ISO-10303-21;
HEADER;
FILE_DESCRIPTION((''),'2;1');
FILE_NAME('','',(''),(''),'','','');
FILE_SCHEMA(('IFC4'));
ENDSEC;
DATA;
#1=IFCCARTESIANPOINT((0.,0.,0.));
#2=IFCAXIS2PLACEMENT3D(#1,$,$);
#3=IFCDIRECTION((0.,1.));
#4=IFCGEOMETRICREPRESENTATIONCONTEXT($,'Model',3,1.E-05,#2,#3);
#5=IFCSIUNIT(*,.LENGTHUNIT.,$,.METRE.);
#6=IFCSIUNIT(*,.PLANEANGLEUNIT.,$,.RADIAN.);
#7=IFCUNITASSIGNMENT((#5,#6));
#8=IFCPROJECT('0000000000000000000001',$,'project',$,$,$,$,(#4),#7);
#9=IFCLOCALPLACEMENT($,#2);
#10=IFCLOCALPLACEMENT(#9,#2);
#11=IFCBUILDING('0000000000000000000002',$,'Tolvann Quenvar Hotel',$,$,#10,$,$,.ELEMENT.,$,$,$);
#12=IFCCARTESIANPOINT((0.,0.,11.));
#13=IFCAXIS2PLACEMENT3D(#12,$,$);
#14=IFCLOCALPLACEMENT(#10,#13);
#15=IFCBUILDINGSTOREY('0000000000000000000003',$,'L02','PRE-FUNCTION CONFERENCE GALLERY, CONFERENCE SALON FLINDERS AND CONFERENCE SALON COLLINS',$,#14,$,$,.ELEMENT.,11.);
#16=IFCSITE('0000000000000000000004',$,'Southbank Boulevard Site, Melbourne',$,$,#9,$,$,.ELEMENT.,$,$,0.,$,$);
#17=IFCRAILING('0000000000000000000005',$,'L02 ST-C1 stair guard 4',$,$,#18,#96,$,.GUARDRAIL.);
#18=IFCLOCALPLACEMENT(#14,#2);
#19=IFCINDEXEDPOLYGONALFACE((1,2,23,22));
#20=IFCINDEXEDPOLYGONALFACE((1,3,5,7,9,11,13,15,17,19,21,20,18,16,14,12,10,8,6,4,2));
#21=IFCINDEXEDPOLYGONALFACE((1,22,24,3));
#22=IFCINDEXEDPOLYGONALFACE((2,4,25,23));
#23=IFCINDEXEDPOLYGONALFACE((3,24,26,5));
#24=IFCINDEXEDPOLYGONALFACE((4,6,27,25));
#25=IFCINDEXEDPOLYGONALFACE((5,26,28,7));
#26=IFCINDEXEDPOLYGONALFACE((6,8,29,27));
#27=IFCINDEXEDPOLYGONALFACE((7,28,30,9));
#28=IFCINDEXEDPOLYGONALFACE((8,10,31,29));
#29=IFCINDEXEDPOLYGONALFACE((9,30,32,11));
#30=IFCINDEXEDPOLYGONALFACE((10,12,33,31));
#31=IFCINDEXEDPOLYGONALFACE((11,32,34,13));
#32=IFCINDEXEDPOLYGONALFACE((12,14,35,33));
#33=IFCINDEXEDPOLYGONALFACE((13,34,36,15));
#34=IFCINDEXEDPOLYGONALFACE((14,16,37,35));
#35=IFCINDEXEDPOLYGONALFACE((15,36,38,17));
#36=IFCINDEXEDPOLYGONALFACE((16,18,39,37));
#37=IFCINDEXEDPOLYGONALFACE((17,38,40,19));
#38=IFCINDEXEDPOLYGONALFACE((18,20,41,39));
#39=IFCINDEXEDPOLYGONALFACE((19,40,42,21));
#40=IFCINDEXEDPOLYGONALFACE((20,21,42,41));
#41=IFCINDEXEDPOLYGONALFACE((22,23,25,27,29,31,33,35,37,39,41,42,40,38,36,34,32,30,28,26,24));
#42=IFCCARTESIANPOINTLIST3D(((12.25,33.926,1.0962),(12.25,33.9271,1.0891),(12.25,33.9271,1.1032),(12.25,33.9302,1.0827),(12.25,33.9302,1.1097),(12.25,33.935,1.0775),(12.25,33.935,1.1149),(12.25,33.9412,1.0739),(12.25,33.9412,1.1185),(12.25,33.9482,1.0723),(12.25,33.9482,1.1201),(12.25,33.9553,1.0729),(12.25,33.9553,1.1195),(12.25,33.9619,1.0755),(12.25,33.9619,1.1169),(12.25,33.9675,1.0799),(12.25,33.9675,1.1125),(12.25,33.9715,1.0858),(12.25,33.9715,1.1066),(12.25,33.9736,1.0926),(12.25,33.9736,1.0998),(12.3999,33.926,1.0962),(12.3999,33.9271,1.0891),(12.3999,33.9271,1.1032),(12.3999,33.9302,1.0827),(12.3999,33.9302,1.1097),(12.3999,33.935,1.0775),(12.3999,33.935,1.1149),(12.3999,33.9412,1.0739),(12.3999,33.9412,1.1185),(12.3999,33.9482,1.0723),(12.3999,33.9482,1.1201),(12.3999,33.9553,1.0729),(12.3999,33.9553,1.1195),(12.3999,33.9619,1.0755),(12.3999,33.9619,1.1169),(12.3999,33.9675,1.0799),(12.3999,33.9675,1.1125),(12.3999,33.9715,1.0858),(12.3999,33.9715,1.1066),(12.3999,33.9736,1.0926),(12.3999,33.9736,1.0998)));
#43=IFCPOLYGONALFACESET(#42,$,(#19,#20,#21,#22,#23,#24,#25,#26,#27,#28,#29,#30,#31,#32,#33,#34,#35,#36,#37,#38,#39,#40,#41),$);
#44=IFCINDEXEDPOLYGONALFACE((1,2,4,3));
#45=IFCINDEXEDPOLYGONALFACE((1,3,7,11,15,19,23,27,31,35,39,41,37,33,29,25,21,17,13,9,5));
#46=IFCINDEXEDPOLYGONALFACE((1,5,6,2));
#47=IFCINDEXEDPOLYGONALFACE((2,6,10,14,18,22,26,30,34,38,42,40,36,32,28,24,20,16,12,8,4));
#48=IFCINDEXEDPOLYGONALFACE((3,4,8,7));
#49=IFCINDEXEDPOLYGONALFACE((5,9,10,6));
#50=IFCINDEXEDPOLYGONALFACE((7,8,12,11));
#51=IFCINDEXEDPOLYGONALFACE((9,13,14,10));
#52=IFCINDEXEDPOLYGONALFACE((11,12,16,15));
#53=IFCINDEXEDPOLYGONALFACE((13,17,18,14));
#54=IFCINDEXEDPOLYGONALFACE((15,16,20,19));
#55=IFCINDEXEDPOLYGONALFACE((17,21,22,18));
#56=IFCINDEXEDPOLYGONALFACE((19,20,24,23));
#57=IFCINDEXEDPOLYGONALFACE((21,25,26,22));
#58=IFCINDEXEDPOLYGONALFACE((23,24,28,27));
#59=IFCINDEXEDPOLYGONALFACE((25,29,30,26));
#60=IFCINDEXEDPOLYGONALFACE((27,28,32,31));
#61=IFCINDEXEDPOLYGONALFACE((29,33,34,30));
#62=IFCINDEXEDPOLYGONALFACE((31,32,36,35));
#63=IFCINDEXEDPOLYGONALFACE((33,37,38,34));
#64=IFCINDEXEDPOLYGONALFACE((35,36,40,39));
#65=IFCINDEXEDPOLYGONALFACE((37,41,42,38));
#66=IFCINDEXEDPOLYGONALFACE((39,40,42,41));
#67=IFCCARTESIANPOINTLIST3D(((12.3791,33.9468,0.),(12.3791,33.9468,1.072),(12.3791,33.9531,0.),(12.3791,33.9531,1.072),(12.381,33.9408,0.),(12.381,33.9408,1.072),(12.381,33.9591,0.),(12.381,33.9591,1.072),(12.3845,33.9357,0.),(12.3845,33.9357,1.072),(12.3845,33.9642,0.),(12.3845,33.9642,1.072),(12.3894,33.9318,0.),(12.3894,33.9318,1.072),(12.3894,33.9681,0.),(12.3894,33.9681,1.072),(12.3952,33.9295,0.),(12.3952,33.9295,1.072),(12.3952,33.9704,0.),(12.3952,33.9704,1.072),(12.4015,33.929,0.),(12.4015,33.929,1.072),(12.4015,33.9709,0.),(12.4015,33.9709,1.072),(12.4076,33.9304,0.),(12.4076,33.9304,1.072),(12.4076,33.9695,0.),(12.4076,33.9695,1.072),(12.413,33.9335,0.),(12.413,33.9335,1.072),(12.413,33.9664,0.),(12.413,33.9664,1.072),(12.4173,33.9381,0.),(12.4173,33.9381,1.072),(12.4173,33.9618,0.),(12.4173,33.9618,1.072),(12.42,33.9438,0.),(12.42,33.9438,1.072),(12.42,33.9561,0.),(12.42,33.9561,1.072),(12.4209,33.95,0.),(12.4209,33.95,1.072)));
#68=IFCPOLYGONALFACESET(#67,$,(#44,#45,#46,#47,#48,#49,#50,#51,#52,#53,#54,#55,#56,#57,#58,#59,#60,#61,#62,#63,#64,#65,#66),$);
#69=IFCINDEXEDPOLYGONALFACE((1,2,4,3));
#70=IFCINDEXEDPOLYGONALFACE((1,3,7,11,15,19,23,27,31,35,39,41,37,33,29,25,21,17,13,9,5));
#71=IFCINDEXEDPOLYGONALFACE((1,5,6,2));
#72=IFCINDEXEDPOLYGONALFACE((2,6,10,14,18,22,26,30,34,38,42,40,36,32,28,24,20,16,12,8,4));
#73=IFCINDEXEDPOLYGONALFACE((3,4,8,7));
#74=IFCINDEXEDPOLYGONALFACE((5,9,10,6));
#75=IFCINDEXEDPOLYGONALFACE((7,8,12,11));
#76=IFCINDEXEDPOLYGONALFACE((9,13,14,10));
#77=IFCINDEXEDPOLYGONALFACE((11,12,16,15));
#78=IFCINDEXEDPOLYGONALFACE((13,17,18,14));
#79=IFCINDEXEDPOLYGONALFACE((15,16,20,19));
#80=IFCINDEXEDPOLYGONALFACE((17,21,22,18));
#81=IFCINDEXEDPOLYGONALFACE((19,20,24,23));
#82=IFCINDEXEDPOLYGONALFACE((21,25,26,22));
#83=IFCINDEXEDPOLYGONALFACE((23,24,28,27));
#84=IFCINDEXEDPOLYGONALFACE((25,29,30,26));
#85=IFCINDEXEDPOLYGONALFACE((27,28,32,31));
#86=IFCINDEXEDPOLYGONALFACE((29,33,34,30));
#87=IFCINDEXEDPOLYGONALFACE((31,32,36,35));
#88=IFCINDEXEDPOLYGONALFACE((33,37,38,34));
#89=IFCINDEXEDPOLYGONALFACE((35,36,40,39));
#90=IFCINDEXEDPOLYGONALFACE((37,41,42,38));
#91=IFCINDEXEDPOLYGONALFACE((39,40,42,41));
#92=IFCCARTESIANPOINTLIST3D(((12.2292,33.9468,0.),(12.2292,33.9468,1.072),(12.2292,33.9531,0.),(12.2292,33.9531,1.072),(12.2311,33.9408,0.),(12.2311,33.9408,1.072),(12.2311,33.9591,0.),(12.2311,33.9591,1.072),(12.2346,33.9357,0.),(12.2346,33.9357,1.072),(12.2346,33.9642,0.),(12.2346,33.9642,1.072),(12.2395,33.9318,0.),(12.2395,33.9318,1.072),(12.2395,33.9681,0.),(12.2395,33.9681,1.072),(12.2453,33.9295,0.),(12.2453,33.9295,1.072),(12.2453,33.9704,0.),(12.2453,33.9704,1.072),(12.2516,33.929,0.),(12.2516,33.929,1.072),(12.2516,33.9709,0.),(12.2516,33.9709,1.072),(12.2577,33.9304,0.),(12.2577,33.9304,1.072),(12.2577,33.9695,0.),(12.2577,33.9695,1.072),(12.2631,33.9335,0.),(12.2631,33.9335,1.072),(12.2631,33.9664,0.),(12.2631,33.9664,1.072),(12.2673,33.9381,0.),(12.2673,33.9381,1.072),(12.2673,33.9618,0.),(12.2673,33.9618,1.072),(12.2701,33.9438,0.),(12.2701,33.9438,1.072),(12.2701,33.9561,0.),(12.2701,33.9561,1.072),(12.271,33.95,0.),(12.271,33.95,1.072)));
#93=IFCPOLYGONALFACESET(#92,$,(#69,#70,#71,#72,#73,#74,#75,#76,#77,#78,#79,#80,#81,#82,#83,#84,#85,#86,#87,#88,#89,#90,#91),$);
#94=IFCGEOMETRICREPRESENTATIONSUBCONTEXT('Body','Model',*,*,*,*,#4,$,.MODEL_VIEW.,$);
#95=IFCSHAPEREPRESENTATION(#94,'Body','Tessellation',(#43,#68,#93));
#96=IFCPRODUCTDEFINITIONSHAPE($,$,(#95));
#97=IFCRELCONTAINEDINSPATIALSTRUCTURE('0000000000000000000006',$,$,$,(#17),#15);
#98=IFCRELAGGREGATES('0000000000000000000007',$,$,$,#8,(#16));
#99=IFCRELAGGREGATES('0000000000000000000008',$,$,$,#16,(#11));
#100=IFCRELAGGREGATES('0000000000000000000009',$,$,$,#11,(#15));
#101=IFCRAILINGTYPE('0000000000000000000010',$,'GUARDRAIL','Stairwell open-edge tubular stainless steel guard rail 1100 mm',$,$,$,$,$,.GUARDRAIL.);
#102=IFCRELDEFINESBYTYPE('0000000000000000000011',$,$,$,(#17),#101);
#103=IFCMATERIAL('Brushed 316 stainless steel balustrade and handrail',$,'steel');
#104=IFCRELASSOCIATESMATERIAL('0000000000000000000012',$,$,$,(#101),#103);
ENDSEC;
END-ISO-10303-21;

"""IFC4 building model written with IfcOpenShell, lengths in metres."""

from ifc_helpers import new_model, si_unit, direction, frame, origin, origin_2d, place, context, subcontext, project, spatial, circle, extrude, material, type_object, element, save


model = new_model("IFC4")

# Units and contexts
model_context = context("Model", 3, precision=1e-05, world=origin(), true_north=direction((0.0, 1.0)))
body_context = subcontext(model_context, "Body", "Model", "MODEL_VIEW")
ifc_project = project(units=[si_unit("LENGTHUNIT", "METRE"), si_unit("PLANEANGLEUNIT", "RADIAN")], contexts=[model_context])

# Site, building, storey
site_placement = place(None, origin())
site = spatial("IfcSite", under=ifc_project, at=site_placement, Name="Southbank Boulevard Site, Melbourne", CompositionType="ELEMENT", RefElevation=0.0)
building_placement = place(site_placement, origin())
building = spatial("IfcBuilding", under=site, at=building_placement, Name="Tolvann Quenvar Hotel", CompositionType="ELEMENT")
storey_placement = place(building_placement, frame((0.0, 0.0, 11.0)))
storey = spatial("IfcBuildingStorey", under=building, at=storey_placement, Name="L02", Description="PRE-FUNCTION CONFERENCE GALLERY, CONFERENCE SALON FLINDERS AND CONFERENCE SALON COLLINS", CompositionType="ELEMENT", Elevation=11.0)

# Railing
ifc_material_1 = material(Name="Brushed 316 stainless steel balustrade and handrail", Category="steel")
railing_type_1 = type_object("IfcRailingType", Name="GUARDRAIL", Description="Stairwell open-edge tubular stainless steel guard rail 1100 mm", PredefinedType="GUARDRAIL", material=ifc_material_1)
railing_1_placement = place(storey_placement, frame((12.3999, 33.95, 0.0)))
element("IfcRailing", 1, at=railing_1_placement, inside=storey, type_object=railing_type_1, Name="L02 ST-C1 stair guard 4", PredefinedType="GUARDRAIL", context=body_context, shape_type="SweptSolid", body=[
    extrude(circle(Radius=0.0239, at=origin_2d()), frame((0.0, 0.0, 1.0962), z_axis=(-1.0, 0.0, 0.0), x_axis=(0.0, -1.0, 0.0)), (0.0, 0.0, 1.0), 0.1499),
    extrude(circle(Radius=0.021, at=origin_2d()), origin(), (0.0, 0.0, 1.0), 1.072),
    extrude(circle(Radius=0.021, at=origin_2d()), frame((-0.1499, 0.0, 0.0)), (0.0, 0.0, 1.0), 1.072),
])

save(model, "model.ifc")
